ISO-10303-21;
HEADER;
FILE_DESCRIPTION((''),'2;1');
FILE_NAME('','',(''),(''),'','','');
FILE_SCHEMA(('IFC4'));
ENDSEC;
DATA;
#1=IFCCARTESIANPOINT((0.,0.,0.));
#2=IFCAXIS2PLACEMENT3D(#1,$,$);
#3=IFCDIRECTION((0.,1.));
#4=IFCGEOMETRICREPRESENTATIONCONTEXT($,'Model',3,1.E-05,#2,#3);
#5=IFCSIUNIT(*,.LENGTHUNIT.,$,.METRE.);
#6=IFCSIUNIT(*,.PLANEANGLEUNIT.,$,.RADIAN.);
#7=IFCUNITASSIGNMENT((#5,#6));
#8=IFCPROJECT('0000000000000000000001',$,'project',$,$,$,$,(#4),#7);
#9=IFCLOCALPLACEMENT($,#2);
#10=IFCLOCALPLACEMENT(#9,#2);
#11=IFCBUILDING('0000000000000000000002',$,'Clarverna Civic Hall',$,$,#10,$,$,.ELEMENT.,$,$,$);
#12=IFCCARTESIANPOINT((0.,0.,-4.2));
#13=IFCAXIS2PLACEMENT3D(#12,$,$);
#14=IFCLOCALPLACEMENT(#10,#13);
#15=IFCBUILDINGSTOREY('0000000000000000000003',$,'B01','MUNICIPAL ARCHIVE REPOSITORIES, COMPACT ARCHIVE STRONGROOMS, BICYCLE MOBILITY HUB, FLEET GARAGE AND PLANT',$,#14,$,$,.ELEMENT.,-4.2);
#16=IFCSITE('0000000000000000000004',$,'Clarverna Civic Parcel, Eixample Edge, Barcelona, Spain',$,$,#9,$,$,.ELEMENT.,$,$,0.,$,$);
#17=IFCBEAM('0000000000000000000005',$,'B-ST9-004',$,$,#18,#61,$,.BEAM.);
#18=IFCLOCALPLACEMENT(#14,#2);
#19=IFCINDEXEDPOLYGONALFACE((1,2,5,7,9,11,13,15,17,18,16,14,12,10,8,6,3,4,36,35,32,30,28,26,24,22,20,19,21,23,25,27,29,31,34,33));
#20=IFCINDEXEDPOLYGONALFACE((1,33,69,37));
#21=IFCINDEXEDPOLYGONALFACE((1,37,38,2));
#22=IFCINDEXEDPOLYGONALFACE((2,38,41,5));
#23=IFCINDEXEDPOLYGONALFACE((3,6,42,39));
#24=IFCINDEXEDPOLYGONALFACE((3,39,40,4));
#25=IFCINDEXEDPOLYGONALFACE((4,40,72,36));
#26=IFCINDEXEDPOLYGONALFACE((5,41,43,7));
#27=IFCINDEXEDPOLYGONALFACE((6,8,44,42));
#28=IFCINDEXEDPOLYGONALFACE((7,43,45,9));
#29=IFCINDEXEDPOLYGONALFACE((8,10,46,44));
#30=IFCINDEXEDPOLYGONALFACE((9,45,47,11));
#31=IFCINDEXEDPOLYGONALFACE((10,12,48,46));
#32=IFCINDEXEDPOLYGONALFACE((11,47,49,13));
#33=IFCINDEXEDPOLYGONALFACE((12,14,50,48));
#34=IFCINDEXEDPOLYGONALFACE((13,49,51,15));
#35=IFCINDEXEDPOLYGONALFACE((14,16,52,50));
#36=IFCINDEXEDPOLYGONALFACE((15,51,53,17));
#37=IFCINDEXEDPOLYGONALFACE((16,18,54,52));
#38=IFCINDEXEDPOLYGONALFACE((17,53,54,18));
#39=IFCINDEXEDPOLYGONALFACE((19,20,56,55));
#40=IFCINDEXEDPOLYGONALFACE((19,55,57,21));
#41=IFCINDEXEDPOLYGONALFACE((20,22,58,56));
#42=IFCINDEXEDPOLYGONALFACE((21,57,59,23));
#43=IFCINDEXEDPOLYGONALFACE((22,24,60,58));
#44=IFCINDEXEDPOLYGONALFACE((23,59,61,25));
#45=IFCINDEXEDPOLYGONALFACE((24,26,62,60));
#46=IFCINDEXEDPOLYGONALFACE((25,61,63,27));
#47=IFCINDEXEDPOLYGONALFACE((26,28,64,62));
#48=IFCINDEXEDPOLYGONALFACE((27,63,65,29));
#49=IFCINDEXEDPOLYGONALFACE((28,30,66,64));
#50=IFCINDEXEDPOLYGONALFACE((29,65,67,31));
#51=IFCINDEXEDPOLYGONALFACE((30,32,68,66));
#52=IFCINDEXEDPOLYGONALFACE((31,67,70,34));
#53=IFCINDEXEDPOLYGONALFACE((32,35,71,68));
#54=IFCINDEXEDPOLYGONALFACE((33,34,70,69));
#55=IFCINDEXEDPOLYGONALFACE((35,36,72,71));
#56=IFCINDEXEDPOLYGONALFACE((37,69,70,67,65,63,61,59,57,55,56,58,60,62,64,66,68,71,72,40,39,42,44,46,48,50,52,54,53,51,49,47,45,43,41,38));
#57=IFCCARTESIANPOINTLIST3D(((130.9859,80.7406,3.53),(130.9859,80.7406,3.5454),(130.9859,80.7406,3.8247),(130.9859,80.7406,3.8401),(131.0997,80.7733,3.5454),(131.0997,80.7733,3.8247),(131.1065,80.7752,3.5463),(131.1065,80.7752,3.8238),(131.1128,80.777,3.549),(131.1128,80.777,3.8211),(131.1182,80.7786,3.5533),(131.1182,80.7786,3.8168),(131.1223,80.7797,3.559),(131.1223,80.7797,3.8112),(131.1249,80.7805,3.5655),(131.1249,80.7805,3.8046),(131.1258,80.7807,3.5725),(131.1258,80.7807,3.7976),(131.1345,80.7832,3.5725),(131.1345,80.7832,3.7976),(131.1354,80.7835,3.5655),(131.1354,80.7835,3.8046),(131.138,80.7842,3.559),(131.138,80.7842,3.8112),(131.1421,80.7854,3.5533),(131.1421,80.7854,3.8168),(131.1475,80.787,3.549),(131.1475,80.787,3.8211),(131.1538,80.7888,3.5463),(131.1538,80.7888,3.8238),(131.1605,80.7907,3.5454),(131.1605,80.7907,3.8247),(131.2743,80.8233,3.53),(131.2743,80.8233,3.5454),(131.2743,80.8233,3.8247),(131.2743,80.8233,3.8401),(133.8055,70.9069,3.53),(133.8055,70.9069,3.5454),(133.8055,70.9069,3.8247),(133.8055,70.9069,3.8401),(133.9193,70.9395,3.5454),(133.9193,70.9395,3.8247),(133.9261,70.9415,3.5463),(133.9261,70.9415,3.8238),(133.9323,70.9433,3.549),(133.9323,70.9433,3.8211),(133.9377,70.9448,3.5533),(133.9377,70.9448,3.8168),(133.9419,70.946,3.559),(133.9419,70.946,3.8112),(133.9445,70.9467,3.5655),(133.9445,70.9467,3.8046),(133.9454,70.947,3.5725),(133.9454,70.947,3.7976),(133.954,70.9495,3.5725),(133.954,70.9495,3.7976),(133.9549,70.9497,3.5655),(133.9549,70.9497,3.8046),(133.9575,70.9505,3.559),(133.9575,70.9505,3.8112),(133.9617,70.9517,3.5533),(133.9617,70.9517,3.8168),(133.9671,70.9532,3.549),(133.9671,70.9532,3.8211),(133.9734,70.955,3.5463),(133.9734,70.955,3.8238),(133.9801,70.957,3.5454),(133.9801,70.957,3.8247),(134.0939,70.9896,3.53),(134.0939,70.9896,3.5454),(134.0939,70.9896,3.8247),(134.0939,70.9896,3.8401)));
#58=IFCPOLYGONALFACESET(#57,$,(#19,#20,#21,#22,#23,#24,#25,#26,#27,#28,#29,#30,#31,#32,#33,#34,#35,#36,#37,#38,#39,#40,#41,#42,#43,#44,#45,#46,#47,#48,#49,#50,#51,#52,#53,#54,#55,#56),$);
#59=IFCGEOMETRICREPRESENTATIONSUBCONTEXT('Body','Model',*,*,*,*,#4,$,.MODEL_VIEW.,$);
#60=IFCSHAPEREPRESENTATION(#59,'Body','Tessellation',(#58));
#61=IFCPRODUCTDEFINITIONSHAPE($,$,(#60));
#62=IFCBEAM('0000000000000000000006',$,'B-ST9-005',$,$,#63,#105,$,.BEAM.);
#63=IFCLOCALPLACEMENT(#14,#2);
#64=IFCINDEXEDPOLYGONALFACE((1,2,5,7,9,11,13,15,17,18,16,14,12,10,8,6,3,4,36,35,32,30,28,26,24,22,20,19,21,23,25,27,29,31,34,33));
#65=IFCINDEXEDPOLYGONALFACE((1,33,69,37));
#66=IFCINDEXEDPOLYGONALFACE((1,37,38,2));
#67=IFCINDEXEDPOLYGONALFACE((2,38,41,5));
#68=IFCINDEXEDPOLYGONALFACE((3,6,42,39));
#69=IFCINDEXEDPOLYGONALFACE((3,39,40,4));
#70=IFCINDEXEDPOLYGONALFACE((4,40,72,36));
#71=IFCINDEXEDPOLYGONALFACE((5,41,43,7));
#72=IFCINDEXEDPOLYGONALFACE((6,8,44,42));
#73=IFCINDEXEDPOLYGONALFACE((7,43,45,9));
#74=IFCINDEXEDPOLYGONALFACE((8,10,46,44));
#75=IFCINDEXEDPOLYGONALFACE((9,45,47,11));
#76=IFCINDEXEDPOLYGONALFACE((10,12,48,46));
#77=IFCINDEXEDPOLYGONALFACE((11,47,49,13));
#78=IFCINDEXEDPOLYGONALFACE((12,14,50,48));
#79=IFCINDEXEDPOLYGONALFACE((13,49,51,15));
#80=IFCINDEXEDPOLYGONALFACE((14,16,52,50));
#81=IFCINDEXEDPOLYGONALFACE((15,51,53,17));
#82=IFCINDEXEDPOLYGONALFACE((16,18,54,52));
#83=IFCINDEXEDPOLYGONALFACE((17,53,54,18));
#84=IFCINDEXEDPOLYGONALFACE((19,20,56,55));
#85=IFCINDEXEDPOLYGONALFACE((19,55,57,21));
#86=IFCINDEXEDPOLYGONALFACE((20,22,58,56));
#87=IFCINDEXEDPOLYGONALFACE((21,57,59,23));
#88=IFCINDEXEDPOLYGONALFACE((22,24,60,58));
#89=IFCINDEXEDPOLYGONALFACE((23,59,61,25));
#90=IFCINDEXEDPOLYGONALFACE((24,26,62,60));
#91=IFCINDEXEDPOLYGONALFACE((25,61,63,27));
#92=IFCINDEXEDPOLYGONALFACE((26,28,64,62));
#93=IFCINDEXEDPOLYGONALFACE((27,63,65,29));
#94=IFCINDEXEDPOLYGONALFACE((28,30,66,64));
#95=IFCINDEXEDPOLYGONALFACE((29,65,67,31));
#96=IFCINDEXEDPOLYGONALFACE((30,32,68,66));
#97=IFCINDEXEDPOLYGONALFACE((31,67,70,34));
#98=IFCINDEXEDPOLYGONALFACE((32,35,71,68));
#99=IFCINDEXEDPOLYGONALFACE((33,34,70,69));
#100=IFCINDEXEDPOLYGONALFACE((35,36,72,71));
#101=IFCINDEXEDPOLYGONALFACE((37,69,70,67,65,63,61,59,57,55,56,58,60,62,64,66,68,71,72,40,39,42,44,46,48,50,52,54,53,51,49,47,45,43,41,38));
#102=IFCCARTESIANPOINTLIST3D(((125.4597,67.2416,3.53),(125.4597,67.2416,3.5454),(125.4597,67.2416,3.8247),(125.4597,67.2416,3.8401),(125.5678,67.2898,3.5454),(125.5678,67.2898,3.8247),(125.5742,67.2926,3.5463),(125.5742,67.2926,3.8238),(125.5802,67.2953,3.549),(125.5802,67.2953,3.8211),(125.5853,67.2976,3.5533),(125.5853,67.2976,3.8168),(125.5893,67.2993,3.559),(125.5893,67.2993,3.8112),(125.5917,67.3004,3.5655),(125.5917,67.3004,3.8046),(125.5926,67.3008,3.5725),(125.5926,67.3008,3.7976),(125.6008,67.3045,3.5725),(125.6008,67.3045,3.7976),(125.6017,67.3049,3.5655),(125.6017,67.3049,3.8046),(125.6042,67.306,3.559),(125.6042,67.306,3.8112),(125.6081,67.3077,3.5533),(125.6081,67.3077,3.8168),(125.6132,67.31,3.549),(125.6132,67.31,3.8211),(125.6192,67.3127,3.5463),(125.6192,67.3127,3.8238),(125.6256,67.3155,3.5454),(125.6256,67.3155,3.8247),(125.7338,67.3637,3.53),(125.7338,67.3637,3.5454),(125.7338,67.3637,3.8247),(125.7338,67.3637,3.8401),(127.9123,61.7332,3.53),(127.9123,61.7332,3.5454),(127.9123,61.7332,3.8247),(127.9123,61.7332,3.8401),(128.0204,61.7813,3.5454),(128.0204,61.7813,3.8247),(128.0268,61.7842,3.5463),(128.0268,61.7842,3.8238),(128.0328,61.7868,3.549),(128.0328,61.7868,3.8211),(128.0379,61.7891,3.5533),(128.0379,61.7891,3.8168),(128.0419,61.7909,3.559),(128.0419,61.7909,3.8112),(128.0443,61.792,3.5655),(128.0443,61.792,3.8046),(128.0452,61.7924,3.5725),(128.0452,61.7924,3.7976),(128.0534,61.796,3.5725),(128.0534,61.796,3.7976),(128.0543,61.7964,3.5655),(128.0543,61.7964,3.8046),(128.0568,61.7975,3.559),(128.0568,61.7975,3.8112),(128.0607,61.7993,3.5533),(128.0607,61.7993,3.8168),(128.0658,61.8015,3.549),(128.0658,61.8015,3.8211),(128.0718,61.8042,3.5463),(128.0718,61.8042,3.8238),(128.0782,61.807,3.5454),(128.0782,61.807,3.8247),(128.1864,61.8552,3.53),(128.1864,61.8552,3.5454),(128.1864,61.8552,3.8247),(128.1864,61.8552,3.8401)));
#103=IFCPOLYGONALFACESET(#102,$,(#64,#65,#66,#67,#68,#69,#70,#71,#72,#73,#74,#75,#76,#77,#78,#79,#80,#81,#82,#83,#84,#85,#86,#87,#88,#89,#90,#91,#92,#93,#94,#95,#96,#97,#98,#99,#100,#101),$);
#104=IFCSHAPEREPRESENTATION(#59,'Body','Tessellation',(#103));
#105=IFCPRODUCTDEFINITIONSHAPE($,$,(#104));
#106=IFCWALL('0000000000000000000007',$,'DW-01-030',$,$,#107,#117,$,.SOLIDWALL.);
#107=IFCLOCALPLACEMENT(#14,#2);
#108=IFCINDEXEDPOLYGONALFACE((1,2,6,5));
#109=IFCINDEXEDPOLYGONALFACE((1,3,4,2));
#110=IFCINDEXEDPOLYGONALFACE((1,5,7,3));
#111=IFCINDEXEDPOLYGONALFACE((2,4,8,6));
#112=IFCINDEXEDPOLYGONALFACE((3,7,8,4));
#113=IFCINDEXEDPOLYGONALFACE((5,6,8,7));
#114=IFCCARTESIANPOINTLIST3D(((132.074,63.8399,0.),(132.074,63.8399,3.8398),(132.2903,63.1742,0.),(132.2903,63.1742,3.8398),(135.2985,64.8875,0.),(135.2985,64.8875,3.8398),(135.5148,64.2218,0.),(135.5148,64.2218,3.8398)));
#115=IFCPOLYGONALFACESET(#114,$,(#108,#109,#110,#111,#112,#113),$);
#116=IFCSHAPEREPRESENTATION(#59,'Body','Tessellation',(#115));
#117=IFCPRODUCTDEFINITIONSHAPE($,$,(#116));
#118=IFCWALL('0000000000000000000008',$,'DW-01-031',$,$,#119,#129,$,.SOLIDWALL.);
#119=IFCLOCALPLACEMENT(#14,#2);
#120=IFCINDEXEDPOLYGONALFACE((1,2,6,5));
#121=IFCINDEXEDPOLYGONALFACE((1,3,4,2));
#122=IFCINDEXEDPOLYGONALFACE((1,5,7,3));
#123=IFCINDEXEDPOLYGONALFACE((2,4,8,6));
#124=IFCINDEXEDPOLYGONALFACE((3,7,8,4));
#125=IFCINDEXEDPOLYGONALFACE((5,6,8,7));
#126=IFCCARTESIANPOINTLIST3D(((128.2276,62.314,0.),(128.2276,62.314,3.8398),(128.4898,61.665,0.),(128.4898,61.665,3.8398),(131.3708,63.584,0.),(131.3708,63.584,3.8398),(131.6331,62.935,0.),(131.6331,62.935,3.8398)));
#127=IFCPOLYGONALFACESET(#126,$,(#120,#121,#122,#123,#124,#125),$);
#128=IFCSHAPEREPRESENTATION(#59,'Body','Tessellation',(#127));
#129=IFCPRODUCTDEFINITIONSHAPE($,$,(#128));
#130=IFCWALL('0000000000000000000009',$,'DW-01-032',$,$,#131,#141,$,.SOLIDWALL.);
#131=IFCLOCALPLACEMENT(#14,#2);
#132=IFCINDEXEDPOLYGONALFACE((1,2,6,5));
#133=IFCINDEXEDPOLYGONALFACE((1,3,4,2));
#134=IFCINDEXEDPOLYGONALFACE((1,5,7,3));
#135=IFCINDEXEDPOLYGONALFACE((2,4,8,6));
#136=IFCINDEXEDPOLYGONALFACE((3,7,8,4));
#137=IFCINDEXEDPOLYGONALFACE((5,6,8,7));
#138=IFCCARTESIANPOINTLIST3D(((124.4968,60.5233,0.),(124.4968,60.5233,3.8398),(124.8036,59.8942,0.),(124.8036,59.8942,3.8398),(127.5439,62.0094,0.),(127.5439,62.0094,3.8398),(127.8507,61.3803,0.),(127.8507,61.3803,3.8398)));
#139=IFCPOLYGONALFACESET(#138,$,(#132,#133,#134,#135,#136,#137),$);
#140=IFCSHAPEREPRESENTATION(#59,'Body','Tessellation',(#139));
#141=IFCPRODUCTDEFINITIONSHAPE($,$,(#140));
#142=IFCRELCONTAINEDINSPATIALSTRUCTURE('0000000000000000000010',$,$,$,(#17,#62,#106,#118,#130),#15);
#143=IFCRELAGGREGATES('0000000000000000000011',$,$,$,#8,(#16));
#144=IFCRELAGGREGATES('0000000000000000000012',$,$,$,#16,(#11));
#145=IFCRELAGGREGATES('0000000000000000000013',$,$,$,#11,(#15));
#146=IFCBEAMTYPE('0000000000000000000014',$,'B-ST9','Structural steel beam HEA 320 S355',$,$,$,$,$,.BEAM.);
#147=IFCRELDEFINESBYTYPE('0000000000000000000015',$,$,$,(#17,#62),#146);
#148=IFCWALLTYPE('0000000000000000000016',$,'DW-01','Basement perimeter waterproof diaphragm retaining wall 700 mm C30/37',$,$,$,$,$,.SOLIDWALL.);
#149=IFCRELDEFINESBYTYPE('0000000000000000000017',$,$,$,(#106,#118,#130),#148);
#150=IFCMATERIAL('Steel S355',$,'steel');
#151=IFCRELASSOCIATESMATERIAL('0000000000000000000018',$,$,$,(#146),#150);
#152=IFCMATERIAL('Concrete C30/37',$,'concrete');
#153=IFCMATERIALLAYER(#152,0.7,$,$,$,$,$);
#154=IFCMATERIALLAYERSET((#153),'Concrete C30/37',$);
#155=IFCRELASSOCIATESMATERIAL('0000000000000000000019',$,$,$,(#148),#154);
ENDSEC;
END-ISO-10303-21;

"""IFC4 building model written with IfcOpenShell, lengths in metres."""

from ifc_helpers import new_model, si_unit, direction, frame, frame_2d, origin, origin_2d, place, context, subcontext, project, spatial, rectangle, i_section, extrude, material, layer, layer_set, material_profile, profile_set, type_object, element, save


model = new_model("IFC4")

# Units and contexts
model_context = context("Model", 3, precision=1e-05, world=origin(), true_north=direction((0.0, 1.0)))
body_context = subcontext(model_context, "Body", "Model", "MODEL_VIEW")
ifc_project = project(units=[si_unit("LENGTHUNIT", "METRE"), si_unit("PLANEANGLEUNIT", "RADIAN")], contexts=[model_context])

# Site, building, storey
site_placement = place(None, origin())
site = spatial("IfcSite", under=ifc_project, at=site_placement, Name="Clarverna Civic Parcel, Eixample Edge, Barcelona, Spain", CompositionType="ELEMENT", RefElevation=0.0)
building_placement = place(site_placement, origin())
building = spatial("IfcBuilding", under=site, at=building_placement, Name="Clarverna Civic Hall", CompositionType="ELEMENT")
storey_placement = place(building_placement, frame((0.0, 0.0, -4.2)))
storey = spatial("IfcBuildingStorey", under=building, at=storey_placement, Name="B01", Description="MUNICIPAL ARCHIVE REPOSITORIES, COMPACT ARCHIVE STRONGROOMS, BICYCLE MOBILITY HUB, FLEET GARAGE AND PLANT", CompositionType="ELEMENT", Elevation=-4.2)

# Shared definitions
ifc_material_1 = material(Name="Concrete C30/37", Category="concrete")

# Beams
ifc_material_2 = material(Name="Steel S355", Category="steel")
ifc_material_profile_1 = material_profile(ifc_material_2, i_section(OverallWidth=0.3, OverallDepth=0.3101, WebThickness=0.009, FlangeThickness=0.0154, FilletRadius=0.0271, at=origin_2d()), Name="HEA 320")
ifc_profile_set_1 = profile_set([ifc_material_profile_1], Name="Steel S355")
beam_type_1 = type_object("IfcBeamType", Name="B-ST9", Description="Structural steel beam HEA 320 S355", PredefinedType="BEAM", material=ifc_profile_set_1)
beam_1_placement = place(storey_placement, frame((133.9497, 70.9482, 3.6851), z_axis=(-0.275619, 0.961267, 0.0), x_axis=(-0.961267, -0.275619, 0.0)))
element("IfcBeam", 1, at=beam_1_placement, inside=storey, type_object=beam_type_1, Name="B-ST9-004", PredefinedType="BEAM", context=body_context, shape_type="SweptSolid", body=[
    extrude(i_section(OverallWidth=0.3, OverallDepth=0.3101, WebThickness=0.009, FlangeThickness=0.0154, FilletRadius=0.0271, at=origin_2d()), origin(), (0.0, 0.0, 1.0), 10.23),
])
beam_2_placement = place(storey_placement, frame((128.0493, 61.7942, 3.6851), z_axis=(-0.406747, 0.913541, 0.0), x_axis=(-0.913541, -0.406747, 0.0)))
element("IfcBeam", 2, at=beam_2_placement, inside=storey, type_object=beam_type_1, Name="B-ST9-005", PredefinedType="BEAM", context=body_context, shape_type="SweptSolid", body=[
    extrude(i_section(OverallWidth=0.3, OverallDepth=0.3101, WebThickness=0.009, FlangeThickness=0.0154, FilletRadius=0.0271, at=origin_2d()), origin(), (0.0, 0.0, 1.0), 6.0298),
])

# Walls
ifc_layer = layer(ifc_material_1, 0.7)
ifc_layer_set = layer_set([ifc_layer], Name="Concrete C30/37")
wall_type = type_object("IfcWallType", Name="DW-01", Description="Basement perimeter waterproof diaphragm retaining wall 700 mm C30/37", PredefinedType="SOLIDWALL", material=ifc_layer_set)
wall_placement = place(storey_placement, frame((135.4067, 64.5547, 0.0), z_axis=(0.0, 0.0, 1.0), x_axis=(-0.951061, -0.309003, 0.0)))
element("IfcWall", 3, at=wall_placement, inside=storey, type_object=wall_type, Name="DW-01-030", PredefinedType="SOLIDWALL", context=body_context, shape_type="SweptSolid", body=[
    extrude(rectangle(XDim=3.3904, YDim=0.7, at=frame_2d((1.6953, 0.0))), origin(), (0.0, 0.0, 1.0), 3.8398),
])
for number, where, z_axis, x_axis, name in (
    (4, (131.502, 63.2595, 0.0), (0.0, 0.0, 1.0), (-0.92718, -0.374617, 0.0), "DW-01-031"),
    (5, (127.6973, 61.6948, 0.0), (0.0, 0.0, 1.0), (-0.898805, -0.438348, 0.0), "DW-01-032"),
):
    element("IfcWall", number, at=place(storey_placement, frame(where, z_axis=z_axis, x_axis=x_axis)), inside=storey, type_object=wall_type, Name=name, PredefinedType="SOLIDWALL", context=body_context, shape_type="SweptSolid", body=[
        extrude(rectangle(XDim=3.3901, YDim=0.7, at=frame_2d((1.6951, 0.0))), origin(), (0.0, 0.0, 1.0), 3.8398),
    ])

save(model, "model.ifc")
